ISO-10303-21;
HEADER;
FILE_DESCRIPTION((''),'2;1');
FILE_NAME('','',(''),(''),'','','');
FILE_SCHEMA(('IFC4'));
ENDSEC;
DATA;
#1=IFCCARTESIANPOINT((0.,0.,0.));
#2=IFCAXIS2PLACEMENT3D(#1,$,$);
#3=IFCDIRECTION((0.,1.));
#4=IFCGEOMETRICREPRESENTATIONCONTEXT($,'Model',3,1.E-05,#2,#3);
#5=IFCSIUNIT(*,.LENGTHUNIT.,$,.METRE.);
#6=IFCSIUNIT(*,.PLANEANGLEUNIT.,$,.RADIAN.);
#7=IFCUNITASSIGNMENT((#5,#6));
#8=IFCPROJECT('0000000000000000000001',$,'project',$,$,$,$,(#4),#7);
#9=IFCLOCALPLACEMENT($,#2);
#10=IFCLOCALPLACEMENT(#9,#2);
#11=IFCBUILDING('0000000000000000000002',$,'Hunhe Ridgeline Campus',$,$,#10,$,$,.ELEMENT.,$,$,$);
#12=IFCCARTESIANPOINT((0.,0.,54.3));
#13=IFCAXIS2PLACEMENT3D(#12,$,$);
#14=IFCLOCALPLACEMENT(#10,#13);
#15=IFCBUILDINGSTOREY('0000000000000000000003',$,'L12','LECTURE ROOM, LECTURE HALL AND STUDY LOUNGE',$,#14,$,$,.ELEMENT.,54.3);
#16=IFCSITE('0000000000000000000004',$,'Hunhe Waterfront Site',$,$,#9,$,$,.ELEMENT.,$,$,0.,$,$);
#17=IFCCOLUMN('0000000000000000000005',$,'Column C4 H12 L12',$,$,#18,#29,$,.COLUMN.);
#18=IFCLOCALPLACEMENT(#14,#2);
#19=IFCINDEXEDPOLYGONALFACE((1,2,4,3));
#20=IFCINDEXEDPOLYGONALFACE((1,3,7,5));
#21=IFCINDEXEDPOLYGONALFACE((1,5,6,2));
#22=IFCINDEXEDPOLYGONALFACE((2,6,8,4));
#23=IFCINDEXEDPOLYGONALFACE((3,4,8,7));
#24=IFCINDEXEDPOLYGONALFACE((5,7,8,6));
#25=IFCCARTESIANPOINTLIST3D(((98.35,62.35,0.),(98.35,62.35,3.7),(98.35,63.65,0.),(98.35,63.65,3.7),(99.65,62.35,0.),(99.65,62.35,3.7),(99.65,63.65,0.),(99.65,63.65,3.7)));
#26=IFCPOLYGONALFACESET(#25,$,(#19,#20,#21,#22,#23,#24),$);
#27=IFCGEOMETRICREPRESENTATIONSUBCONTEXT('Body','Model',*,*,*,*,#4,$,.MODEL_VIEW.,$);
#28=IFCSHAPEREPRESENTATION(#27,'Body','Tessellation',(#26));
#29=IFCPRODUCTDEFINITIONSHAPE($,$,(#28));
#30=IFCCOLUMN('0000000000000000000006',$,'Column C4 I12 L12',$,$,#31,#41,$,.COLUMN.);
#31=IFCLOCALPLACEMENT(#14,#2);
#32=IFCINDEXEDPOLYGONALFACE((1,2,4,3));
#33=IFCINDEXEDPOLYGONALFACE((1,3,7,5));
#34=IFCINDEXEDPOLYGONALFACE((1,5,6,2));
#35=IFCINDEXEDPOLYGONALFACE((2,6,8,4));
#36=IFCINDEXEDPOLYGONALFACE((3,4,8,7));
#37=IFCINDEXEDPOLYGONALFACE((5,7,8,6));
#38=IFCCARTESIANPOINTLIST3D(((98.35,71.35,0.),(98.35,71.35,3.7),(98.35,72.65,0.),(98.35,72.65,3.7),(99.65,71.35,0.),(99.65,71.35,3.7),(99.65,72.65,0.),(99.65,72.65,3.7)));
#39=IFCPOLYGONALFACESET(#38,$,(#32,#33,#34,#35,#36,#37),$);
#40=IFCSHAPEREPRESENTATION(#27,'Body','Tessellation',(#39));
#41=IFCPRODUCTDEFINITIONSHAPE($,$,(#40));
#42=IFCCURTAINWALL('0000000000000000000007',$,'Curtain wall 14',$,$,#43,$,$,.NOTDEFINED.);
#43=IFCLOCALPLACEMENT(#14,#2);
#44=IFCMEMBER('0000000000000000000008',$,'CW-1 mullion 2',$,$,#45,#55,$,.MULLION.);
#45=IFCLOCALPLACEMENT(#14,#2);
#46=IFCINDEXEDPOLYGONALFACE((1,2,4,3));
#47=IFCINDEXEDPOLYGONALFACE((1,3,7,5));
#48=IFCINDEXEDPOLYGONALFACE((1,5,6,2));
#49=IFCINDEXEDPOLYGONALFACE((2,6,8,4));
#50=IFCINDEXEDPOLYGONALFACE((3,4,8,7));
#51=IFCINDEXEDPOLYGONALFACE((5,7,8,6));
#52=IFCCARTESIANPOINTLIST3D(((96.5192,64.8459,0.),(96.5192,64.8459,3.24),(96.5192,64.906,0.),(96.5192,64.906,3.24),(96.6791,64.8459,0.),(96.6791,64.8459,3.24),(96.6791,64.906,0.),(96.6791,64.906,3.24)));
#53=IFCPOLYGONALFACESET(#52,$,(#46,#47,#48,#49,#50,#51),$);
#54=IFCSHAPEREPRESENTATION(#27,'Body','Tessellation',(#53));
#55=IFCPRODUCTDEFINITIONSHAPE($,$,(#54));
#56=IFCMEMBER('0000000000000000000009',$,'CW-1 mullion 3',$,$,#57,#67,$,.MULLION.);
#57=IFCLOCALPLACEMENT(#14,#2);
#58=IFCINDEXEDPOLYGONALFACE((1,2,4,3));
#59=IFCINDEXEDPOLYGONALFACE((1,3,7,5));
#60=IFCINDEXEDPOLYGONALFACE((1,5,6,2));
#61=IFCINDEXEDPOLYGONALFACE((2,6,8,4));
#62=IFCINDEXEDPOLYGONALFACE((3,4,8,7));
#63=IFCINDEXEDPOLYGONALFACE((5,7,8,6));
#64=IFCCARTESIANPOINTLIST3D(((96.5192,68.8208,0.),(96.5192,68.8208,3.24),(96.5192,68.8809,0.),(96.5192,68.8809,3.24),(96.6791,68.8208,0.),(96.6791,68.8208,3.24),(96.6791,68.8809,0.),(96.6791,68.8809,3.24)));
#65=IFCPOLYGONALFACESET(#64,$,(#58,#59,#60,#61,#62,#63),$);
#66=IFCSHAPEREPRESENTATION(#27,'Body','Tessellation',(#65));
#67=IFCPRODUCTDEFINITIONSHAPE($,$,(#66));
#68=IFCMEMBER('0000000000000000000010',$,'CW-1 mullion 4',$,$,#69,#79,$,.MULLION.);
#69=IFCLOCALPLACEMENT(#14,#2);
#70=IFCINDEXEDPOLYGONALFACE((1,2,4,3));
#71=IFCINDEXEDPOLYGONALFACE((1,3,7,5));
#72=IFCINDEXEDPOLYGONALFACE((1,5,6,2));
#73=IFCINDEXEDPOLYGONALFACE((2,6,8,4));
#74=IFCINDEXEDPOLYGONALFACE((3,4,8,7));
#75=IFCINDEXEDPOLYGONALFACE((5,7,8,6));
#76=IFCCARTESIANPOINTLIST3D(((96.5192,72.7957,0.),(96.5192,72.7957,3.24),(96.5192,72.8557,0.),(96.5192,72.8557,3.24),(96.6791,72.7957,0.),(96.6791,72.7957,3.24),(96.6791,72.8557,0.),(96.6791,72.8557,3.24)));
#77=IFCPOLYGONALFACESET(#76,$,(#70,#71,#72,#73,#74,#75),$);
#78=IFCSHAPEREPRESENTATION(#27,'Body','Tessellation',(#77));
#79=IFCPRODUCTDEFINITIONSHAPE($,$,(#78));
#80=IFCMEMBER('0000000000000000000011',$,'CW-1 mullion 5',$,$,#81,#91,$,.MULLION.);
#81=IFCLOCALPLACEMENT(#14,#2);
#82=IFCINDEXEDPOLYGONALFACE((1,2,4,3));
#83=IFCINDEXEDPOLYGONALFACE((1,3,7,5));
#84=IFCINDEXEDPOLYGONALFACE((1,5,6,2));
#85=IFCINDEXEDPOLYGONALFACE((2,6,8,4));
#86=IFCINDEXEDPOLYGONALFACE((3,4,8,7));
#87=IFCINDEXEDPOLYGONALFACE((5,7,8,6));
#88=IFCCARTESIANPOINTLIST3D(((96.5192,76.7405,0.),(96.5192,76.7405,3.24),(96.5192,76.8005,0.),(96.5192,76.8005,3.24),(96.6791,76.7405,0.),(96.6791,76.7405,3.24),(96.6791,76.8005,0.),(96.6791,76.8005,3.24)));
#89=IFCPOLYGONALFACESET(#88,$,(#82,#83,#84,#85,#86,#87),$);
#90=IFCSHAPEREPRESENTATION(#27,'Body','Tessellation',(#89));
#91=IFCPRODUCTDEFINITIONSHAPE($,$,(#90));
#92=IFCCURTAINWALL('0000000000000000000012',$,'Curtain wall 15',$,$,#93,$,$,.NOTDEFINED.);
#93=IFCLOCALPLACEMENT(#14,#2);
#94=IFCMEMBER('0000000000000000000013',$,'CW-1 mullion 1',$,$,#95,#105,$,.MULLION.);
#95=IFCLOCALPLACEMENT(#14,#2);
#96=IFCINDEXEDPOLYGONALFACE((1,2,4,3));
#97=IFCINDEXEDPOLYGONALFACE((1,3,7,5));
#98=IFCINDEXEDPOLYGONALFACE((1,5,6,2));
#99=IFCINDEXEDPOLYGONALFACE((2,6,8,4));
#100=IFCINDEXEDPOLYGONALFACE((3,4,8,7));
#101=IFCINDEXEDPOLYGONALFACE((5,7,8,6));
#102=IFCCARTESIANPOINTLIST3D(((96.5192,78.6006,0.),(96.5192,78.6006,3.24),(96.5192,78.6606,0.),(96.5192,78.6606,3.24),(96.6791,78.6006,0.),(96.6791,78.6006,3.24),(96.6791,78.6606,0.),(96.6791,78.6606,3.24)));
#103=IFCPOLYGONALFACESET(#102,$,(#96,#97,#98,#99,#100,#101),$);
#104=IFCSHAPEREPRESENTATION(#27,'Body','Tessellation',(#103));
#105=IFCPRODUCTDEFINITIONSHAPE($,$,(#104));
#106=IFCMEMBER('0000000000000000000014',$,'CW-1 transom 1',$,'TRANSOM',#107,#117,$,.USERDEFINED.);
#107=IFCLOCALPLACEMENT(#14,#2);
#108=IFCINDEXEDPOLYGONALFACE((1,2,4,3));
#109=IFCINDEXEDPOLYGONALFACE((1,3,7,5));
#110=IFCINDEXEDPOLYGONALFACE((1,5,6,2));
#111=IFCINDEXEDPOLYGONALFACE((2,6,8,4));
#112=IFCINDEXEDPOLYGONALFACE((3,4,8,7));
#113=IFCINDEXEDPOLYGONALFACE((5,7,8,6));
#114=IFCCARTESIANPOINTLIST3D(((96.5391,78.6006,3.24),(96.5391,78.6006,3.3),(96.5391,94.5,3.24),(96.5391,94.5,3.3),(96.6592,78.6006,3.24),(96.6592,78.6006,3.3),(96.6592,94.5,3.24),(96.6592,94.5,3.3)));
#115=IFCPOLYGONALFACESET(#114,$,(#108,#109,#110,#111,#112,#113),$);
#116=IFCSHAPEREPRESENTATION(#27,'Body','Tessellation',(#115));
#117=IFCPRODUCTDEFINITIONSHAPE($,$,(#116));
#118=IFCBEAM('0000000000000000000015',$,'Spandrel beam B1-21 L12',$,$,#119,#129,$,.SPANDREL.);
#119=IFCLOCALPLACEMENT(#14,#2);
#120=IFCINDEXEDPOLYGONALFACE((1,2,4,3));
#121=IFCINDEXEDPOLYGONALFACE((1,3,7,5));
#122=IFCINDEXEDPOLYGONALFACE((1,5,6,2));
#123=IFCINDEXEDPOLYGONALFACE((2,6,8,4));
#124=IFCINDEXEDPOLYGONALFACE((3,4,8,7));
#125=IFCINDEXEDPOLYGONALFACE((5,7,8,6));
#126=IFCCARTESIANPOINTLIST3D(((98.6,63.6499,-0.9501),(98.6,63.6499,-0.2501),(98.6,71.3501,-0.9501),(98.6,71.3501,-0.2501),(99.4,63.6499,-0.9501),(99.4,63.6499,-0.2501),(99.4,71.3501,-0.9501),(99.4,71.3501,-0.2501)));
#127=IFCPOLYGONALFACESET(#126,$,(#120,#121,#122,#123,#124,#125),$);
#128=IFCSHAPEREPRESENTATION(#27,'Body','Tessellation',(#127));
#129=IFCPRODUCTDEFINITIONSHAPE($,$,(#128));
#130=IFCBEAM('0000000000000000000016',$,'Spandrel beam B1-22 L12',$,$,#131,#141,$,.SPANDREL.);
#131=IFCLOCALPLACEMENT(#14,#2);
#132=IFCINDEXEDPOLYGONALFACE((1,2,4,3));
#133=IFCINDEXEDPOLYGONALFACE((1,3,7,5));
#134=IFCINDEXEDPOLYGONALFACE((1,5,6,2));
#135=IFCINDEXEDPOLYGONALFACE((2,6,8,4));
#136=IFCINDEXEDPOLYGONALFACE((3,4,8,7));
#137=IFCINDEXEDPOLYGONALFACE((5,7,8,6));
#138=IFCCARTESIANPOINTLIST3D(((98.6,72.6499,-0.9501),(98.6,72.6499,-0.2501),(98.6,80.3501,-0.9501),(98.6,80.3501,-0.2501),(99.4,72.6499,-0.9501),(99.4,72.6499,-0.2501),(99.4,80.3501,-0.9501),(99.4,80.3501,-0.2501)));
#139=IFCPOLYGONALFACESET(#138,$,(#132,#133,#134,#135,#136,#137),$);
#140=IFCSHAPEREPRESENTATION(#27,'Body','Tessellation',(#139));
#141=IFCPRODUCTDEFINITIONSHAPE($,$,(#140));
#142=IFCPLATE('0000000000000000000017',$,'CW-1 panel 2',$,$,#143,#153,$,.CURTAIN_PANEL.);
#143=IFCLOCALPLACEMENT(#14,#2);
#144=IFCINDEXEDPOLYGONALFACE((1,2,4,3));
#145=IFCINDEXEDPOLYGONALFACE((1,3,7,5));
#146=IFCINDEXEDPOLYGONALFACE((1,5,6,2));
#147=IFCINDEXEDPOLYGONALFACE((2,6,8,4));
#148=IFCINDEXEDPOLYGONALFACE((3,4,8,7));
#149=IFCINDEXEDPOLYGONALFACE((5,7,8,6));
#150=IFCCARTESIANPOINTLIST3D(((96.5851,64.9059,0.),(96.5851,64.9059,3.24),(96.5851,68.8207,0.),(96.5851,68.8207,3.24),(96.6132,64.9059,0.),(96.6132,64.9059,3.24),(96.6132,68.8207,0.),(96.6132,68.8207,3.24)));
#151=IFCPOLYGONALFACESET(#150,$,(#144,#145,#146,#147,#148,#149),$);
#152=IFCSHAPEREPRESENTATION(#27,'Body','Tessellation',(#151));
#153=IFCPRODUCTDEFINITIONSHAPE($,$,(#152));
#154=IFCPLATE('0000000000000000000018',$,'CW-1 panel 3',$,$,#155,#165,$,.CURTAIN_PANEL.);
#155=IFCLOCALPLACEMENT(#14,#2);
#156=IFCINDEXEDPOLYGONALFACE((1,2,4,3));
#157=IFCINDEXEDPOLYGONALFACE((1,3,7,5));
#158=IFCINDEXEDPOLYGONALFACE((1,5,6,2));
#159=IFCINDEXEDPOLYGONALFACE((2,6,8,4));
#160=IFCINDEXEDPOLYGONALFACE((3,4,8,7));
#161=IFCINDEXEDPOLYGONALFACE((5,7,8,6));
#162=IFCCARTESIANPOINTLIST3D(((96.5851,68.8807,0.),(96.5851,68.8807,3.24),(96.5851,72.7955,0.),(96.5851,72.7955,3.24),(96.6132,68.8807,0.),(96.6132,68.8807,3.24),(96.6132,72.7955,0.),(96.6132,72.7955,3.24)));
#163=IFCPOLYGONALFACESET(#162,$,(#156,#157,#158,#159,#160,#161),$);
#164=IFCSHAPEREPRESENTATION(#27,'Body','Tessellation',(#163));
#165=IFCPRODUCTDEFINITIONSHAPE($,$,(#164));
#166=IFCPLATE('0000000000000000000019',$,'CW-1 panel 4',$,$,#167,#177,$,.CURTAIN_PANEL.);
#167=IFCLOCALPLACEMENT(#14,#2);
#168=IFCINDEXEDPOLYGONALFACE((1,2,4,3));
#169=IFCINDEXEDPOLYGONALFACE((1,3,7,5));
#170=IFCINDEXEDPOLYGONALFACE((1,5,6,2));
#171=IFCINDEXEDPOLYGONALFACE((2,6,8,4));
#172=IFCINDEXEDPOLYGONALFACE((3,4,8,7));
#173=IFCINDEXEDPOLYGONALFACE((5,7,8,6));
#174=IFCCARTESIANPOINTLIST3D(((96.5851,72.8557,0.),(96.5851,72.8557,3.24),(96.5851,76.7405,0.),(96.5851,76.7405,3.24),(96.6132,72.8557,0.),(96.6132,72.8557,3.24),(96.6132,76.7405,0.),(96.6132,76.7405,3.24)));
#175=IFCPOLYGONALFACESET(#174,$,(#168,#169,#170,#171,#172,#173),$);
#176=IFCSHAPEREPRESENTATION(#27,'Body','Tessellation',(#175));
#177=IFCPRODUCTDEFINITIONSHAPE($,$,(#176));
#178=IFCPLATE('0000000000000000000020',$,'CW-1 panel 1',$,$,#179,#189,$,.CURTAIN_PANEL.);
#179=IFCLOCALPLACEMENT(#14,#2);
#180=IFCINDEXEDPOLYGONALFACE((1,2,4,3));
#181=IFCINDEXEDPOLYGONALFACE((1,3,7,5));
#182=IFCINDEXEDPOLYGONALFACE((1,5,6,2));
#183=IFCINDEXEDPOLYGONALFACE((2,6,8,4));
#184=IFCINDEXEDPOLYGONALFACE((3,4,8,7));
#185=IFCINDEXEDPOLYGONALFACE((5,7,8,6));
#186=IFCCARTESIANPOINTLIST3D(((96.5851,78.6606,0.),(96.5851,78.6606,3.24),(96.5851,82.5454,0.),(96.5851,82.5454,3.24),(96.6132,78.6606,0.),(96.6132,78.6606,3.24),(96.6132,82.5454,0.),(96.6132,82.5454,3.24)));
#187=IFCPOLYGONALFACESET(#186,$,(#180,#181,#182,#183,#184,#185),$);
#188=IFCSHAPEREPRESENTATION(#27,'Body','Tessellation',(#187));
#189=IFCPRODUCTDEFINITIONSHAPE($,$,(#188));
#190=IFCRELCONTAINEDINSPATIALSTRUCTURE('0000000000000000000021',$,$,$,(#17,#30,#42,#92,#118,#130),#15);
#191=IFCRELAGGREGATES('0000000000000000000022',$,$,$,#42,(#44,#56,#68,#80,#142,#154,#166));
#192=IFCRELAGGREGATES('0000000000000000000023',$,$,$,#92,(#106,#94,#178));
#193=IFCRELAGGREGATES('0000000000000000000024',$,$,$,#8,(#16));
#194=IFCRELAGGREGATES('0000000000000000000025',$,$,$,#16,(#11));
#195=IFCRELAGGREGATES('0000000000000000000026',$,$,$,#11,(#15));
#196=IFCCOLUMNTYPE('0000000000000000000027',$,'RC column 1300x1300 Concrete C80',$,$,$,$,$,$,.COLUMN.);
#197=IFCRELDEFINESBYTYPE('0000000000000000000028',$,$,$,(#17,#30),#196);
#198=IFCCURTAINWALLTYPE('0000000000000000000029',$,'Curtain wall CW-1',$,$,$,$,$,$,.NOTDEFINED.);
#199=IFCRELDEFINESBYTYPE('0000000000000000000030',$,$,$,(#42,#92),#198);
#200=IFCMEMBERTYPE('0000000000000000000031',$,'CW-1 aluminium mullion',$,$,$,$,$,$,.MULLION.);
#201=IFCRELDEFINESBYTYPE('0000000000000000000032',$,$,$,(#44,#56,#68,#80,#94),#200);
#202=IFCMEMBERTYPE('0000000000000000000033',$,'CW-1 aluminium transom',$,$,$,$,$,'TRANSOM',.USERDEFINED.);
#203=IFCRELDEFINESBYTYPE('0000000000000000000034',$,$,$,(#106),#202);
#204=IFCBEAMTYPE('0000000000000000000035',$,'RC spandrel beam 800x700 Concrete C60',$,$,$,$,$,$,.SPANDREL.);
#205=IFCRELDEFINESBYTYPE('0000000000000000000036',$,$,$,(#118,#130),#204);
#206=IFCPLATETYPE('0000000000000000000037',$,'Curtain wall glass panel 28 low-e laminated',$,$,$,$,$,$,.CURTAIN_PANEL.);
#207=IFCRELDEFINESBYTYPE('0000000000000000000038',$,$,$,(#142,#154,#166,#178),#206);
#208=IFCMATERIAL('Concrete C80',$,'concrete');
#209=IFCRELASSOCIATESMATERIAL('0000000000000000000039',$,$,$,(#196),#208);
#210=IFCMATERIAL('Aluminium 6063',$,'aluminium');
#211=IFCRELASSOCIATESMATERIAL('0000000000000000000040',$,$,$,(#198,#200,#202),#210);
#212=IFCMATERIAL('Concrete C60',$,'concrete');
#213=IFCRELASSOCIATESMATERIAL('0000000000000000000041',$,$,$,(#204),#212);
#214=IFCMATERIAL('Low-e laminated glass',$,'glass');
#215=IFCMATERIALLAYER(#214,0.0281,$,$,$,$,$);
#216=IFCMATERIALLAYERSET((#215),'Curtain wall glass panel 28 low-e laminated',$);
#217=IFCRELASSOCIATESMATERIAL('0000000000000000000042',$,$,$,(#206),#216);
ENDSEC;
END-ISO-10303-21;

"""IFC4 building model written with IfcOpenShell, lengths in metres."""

from ifc_helpers import new_model, si_unit, direction, frame, origin, origin_2d, place, context, subcontext, project, spatial, rectangle, extrude, material, layer, layer_set, material_profile, profile_set, type_object, element, aggregate, save


model = new_model("IFC4")

# Units and contexts
model_context = context("Model", 3, precision=1e-05, world=origin(), true_north=direction((0.0, 1.0)))
body_context = subcontext(model_context, "Body", "Model", "MODEL_VIEW")
ifc_project = project(units=[si_unit("LENGTHUNIT", "METRE"), si_unit("PLANEANGLEUNIT", "RADIAN")], contexts=[model_context])

# Site, building, storey
site_placement = place(None, origin())
site = spatial("IfcSite", under=ifc_project, at=site_placement, Name="Hunhe Waterfront Site", CompositionType="ELEMENT", RefElevation=0.0)
building_placement = place(site_placement, origin())
building = spatial("IfcBuilding", under=site, at=building_placement, Name="Hunhe Ridgeline Campus", CompositionType="ELEMENT")
storey_placement = place(building_placement, frame((0.0, 0.0, 54.3)))
storey = spatial("IfcBuildingStorey", under=building, at=storey_placement, Name="L12", Description="LECTURE ROOM, LECTURE HALL AND STUDY LOUNGE", CompositionType="ELEMENT", Elevation=54.3)

# Columns
ifc_material_1 = material(Name="Concrete C80", Category="concrete")
ifc_material_profile_1 = material_profile(ifc_material_1, rectangle(XDim=1.3, YDim=1.3, at=origin_2d()))
ifc_profile_set_1 = profile_set([ifc_material_profile_1], Name="Concrete C80")
column_type = type_object("IfcColumnType", Name="RC column 1300x1300 Concrete C80", PredefinedType="COLUMN", material=ifc_profile_set_1)
for number, where, z_axis, x_axis, name in (
    (1, (99.0, 63.0, 0.0), (0.0, 0.0, 1.0), (1.0, 0.0, 0.0), "Column C4 H12 L12"),
    (2, (99.0, 72.0, 0.0), (0.0, 0.0, 1.0), (1.0, 0.0, 0.0), "Column C4 I12 L12"),
):
    element("IfcColumn", number, at=place(storey_placement, frame(where, z_axis=z_axis, x_axis=x_axis)), inside=storey, type_object=column_type, Name=name, PredefinedType="COLUMN", context=body_context, shape_type="SweptSolid", body=[
        extrude(rectangle(XDim=1.3, YDim=1.3, at=origin_2d()), origin(), (0.0, 0.0, 1.0), 3.7),
    ])

# Curtain walls, members
ifc_material_2 = material(Name="Aluminium 6063", Category="aluminium")
curtain_wall_type = type_object("IfcCurtainWallType", Name="Curtain wall CW-1", PredefinedType="NOTDEFINED", material=ifc_material_2)
curtain_wall_1_placement = place(storey_placement, origin())
curtain_wall_1 = element("IfcCurtainWall", 3, at=curtain_wall_1_placement, inside=storey, type_object=curtain_wall_type, Name="Curtain wall 14", PredefinedType="NOTDEFINED")
ifc_material_profile_2 = material_profile(ifc_material_2, rectangle(XDim=0.1599, YDim=0.0601, at=origin_2d()))
ifc_profile_set_2 = profile_set([ifc_material_profile_2], Name="Aluminium 6063")
member_type_1 = type_object("IfcMemberType", Name="CW-1 aluminium mullion", PredefinedType="MULLION", material=ifc_profile_set_2)
member_1_placement = place(storey_placement, frame((96.5991, 64.876, 0.0), z_axis=(0.0, 0.0, 1.0), x_axis=(-1.0, 0.0, 0.0)))
member_1 = element("IfcMember", 4, at=member_1_placement, type_object=member_type_1, Name="CW-1 mullion 2", PredefinedType="MULLION", context=body_context, shape_type="SweptSolid", body=[
    extrude(rectangle(XDim=0.1599, YDim=0.0601, at=origin_2d()), origin(), (0.0, 0.0, 1.0), 3.24),
])
member_2_placement = place(storey_placement, frame((96.5991, 68.8508, 0.0), z_axis=(0.0, 0.0, 1.0), x_axis=(-1.0, 0.0, 0.0)))
member_2 = element("IfcMember", 5, at=member_2_placement, type_object=member_type_1, Name="CW-1 mullion 3", PredefinedType="MULLION", context=body_context, shape_type="SweptSolid", body=[
    extrude(rectangle(XDim=0.1599, YDim=0.0601, at=origin_2d()), origin(), (0.0, 0.0, 1.0), 3.24),
])
member_3_placement = place(storey_placement, frame((96.5991, 72.8257, 0.0), z_axis=(0.0, 0.0, 1.0), x_axis=(-1.0, 0.0, 0.0)))
member_3 = element("IfcMember", 6, at=member_3_placement, type_object=member_type_1, Name="CW-1 mullion 4", PredefinedType="MULLION", context=body_context, shape_type="SweptSolid", body=[
    extrude(rectangle(XDim=0.1599, YDim=0.0601, at=origin_2d()), origin(), (0.0, 0.0, 1.0), 3.24),
])
member_4_placement = place(storey_placement, frame((96.5991, 76.7705, 0.0), z_axis=(0.0, 0.0, 1.0), x_axis=(-1.0, 0.0, 0.0)))
member_4 = element("IfcMember", 7, at=member_4_placement, type_object=member_type_1, Name="CW-1 mullion 5", PredefinedType="MULLION", context=body_context, shape_type="SweptSolid", body=[
    extrude(rectangle(XDim=0.1599, YDim=0.0601, at=origin_2d()), origin(), (0.0, 0.0, 1.0), 3.24),
])
curtain_wall_2_placement = place(storey_placement, origin())
curtain_wall_2 = element("IfcCurtainWall", 8, at=curtain_wall_2_placement, inside=storey, type_object=curtain_wall_type, Name="Curtain wall 15", PredefinedType="NOTDEFINED")
member_5_placement = place(storey_placement, frame((96.5991, 78.6306, 0.0), z_axis=(0.0, 0.0, 1.0), x_axis=(-1.0, 0.0, 0.0)))
member_5 = element("IfcMember", 9, at=member_5_placement, type_object=member_type_1, Name="CW-1 mullion 1", PredefinedType="MULLION", context=body_context, shape_type="SweptSolid", body=[
    extrude(rectangle(XDim=0.1599, YDim=0.0601, at=origin_2d()), origin(), (0.0, 0.0, 1.0), 3.24),
])
ifc_material_profile_3 = material_profile(ifc_material_2, rectangle(XDim=0.1201, YDim=0.0601, at=origin_2d()))
ifc_profile_set_3 = profile_set([ifc_material_profile_3], Name="Aluminium 6063")
member_type_2 = type_object("IfcMemberType", Name="CW-1 aluminium transom", ElementType="TRANSOM", PredefinedType="USERDEFINED", material=ifc_profile_set_3)
member_6_placement = place(storey_placement, frame((96.5991, 78.6006, 3.27), z_axis=(0.0, 1.0, 0.0), x_axis=(-1.0, 0.0, 0.0)))
member_6 = element("IfcMember", 10, at=member_6_placement, type_object=member_type_2, Name="CW-1 transom 1", ObjectType="TRANSOM", PredefinedType="USERDEFINED", context=body_context, shape_type="SweptSolid", body=[
    extrude(rectangle(XDim=0.1201, YDim=0.0601, at=origin_2d()), origin(), (0.0, 0.0, 1.0), 15.8994),
])

# Beams
ifc_material_3 = material(Name="Concrete C60", Category="concrete")
ifc_material_profile_4 = material_profile(ifc_material_3, rectangle(XDim=0.8, YDim=0.7, at=origin_2d()))
ifc_profile_set_4 = profile_set([ifc_material_profile_4], Name="Concrete C60")
beam_type = type_object("IfcBeamType", Name="RC spandrel beam 800x700 Concrete C60", PredefinedType="SPANDREL", material=ifc_profile_set_4)
for number, where, z_axis, x_axis, name in (
    (11, (99.0, 63.6499, -0.6001), (0.0, 1.0, 0.0), (-1.0, 0.0, 0.0), "Spandrel beam B1-21 L12"),
    (12, (99.0, 72.6499, -0.6001), (0.0, 1.0, 0.0), (-1.0, 0.0, 0.0), "Spandrel beam B1-22 L12"),
):
    element("IfcBeam", number, at=place(storey_placement, frame(where, z_axis=z_axis, x_axis=x_axis)), inside=storey, type_object=beam_type, Name=name, PredefinedType="SPANDREL", context=body_context, shape_type="SweptSolid", body=[
        extrude(rectangle(XDim=0.8, YDim=0.7, at=origin_2d()), origin(), (0.0, 0.0, 1.0), 7.7002),
    ])

# Plates
ifc_material_4 = material(Name="Low-e laminated glass", Category="glass")
ifc_layer_1 = layer(ifc_material_4, 0.0281)
ifc_layer_set_1 = layer_set([ifc_layer_1], Name="Curtain wall glass panel 28 low-e laminated")
plate_type = type_object("IfcPlateType", Name="Curtain wall glass panel 28 low-e laminated", PredefinedType="CURTAIN_PANEL", material=ifc_layer_set_1)
plate_1_placement = place(storey_placement, frame((96.5991, 66.8633, 0.0), z_axis=(0.0, 0.0, 1.0), x_axis=(0.0, 1.0, 0.0)))
plate_1 = element("IfcPlate", 13, at=plate_1_placement, type_object=plate_type, Name="CW-1 panel 2", PredefinedType="CURTAIN_PANEL", context=body_context, shape_type="SweptSolid", body=[
    extrude(rectangle(XDim=3.9148, YDim=0.0281, at=origin_2d()), origin(), (0.0, 0.0, 1.0), 3.24),
])
plate_2_placement = place(storey_placement, frame((96.5991, 70.8381, 0.0), z_axis=(0.0, 0.0, 1.0), x_axis=(0.0, 1.0, 0.0)))
plate_2 = element("IfcPlate", 14, at=plate_2_placement, type_object=plate_type, Name="CW-1 panel 3", PredefinedType="CURTAIN_PANEL", context=body_context, shape_type="SweptSolid", body=[
    extrude(rectangle(XDim=3.9148, YDim=0.0281, at=origin_2d()), origin(), (0.0, 0.0, 1.0), 3.24),
])
plate_3_placement = place(storey_placement, frame((96.5991, 74.7981, 0.0), z_axis=(0.0, 0.0, 1.0), x_axis=(0.0, 1.0, 0.0)))
plate_3 = element("IfcPlate", 15, at=plate_3_placement, type_object=plate_type, Name="CW-1 panel 4", PredefinedType="CURTAIN_PANEL", context=body_context, shape_type="SweptSolid", body=[
    extrude(rectangle(XDim=3.8848, YDim=0.0281, at=origin_2d()), origin(), (0.0, 0.0, 1.0), 3.24),
])
aggregate(curtain_wall_1, [member_1, member_2, member_3, member_4, plate_1, plate_2, plate_3])
plate_4_placement = place(storey_placement, frame((96.5991, 80.603, 0.0), z_axis=(0.0, 0.0, 1.0), x_axis=(0.0, 1.0, 0.0)))
plate_4 = element("IfcPlate", 16, at=plate_4_placement, type_object=plate_type, Name="CW-1 panel 1", PredefinedType="CURTAIN_PANEL", context=body_context, shape_type="SweptSolid", body=[
    extrude(rectangle(XDim=3.8848, YDim=0.0281, at=origin_2d()), origin(), (0.0, 0.0, 1.0), 3.24),
])
aggregate(curtain_wall_2, [member_6, member_5, plate_4])

save(model, "model.ifc")
